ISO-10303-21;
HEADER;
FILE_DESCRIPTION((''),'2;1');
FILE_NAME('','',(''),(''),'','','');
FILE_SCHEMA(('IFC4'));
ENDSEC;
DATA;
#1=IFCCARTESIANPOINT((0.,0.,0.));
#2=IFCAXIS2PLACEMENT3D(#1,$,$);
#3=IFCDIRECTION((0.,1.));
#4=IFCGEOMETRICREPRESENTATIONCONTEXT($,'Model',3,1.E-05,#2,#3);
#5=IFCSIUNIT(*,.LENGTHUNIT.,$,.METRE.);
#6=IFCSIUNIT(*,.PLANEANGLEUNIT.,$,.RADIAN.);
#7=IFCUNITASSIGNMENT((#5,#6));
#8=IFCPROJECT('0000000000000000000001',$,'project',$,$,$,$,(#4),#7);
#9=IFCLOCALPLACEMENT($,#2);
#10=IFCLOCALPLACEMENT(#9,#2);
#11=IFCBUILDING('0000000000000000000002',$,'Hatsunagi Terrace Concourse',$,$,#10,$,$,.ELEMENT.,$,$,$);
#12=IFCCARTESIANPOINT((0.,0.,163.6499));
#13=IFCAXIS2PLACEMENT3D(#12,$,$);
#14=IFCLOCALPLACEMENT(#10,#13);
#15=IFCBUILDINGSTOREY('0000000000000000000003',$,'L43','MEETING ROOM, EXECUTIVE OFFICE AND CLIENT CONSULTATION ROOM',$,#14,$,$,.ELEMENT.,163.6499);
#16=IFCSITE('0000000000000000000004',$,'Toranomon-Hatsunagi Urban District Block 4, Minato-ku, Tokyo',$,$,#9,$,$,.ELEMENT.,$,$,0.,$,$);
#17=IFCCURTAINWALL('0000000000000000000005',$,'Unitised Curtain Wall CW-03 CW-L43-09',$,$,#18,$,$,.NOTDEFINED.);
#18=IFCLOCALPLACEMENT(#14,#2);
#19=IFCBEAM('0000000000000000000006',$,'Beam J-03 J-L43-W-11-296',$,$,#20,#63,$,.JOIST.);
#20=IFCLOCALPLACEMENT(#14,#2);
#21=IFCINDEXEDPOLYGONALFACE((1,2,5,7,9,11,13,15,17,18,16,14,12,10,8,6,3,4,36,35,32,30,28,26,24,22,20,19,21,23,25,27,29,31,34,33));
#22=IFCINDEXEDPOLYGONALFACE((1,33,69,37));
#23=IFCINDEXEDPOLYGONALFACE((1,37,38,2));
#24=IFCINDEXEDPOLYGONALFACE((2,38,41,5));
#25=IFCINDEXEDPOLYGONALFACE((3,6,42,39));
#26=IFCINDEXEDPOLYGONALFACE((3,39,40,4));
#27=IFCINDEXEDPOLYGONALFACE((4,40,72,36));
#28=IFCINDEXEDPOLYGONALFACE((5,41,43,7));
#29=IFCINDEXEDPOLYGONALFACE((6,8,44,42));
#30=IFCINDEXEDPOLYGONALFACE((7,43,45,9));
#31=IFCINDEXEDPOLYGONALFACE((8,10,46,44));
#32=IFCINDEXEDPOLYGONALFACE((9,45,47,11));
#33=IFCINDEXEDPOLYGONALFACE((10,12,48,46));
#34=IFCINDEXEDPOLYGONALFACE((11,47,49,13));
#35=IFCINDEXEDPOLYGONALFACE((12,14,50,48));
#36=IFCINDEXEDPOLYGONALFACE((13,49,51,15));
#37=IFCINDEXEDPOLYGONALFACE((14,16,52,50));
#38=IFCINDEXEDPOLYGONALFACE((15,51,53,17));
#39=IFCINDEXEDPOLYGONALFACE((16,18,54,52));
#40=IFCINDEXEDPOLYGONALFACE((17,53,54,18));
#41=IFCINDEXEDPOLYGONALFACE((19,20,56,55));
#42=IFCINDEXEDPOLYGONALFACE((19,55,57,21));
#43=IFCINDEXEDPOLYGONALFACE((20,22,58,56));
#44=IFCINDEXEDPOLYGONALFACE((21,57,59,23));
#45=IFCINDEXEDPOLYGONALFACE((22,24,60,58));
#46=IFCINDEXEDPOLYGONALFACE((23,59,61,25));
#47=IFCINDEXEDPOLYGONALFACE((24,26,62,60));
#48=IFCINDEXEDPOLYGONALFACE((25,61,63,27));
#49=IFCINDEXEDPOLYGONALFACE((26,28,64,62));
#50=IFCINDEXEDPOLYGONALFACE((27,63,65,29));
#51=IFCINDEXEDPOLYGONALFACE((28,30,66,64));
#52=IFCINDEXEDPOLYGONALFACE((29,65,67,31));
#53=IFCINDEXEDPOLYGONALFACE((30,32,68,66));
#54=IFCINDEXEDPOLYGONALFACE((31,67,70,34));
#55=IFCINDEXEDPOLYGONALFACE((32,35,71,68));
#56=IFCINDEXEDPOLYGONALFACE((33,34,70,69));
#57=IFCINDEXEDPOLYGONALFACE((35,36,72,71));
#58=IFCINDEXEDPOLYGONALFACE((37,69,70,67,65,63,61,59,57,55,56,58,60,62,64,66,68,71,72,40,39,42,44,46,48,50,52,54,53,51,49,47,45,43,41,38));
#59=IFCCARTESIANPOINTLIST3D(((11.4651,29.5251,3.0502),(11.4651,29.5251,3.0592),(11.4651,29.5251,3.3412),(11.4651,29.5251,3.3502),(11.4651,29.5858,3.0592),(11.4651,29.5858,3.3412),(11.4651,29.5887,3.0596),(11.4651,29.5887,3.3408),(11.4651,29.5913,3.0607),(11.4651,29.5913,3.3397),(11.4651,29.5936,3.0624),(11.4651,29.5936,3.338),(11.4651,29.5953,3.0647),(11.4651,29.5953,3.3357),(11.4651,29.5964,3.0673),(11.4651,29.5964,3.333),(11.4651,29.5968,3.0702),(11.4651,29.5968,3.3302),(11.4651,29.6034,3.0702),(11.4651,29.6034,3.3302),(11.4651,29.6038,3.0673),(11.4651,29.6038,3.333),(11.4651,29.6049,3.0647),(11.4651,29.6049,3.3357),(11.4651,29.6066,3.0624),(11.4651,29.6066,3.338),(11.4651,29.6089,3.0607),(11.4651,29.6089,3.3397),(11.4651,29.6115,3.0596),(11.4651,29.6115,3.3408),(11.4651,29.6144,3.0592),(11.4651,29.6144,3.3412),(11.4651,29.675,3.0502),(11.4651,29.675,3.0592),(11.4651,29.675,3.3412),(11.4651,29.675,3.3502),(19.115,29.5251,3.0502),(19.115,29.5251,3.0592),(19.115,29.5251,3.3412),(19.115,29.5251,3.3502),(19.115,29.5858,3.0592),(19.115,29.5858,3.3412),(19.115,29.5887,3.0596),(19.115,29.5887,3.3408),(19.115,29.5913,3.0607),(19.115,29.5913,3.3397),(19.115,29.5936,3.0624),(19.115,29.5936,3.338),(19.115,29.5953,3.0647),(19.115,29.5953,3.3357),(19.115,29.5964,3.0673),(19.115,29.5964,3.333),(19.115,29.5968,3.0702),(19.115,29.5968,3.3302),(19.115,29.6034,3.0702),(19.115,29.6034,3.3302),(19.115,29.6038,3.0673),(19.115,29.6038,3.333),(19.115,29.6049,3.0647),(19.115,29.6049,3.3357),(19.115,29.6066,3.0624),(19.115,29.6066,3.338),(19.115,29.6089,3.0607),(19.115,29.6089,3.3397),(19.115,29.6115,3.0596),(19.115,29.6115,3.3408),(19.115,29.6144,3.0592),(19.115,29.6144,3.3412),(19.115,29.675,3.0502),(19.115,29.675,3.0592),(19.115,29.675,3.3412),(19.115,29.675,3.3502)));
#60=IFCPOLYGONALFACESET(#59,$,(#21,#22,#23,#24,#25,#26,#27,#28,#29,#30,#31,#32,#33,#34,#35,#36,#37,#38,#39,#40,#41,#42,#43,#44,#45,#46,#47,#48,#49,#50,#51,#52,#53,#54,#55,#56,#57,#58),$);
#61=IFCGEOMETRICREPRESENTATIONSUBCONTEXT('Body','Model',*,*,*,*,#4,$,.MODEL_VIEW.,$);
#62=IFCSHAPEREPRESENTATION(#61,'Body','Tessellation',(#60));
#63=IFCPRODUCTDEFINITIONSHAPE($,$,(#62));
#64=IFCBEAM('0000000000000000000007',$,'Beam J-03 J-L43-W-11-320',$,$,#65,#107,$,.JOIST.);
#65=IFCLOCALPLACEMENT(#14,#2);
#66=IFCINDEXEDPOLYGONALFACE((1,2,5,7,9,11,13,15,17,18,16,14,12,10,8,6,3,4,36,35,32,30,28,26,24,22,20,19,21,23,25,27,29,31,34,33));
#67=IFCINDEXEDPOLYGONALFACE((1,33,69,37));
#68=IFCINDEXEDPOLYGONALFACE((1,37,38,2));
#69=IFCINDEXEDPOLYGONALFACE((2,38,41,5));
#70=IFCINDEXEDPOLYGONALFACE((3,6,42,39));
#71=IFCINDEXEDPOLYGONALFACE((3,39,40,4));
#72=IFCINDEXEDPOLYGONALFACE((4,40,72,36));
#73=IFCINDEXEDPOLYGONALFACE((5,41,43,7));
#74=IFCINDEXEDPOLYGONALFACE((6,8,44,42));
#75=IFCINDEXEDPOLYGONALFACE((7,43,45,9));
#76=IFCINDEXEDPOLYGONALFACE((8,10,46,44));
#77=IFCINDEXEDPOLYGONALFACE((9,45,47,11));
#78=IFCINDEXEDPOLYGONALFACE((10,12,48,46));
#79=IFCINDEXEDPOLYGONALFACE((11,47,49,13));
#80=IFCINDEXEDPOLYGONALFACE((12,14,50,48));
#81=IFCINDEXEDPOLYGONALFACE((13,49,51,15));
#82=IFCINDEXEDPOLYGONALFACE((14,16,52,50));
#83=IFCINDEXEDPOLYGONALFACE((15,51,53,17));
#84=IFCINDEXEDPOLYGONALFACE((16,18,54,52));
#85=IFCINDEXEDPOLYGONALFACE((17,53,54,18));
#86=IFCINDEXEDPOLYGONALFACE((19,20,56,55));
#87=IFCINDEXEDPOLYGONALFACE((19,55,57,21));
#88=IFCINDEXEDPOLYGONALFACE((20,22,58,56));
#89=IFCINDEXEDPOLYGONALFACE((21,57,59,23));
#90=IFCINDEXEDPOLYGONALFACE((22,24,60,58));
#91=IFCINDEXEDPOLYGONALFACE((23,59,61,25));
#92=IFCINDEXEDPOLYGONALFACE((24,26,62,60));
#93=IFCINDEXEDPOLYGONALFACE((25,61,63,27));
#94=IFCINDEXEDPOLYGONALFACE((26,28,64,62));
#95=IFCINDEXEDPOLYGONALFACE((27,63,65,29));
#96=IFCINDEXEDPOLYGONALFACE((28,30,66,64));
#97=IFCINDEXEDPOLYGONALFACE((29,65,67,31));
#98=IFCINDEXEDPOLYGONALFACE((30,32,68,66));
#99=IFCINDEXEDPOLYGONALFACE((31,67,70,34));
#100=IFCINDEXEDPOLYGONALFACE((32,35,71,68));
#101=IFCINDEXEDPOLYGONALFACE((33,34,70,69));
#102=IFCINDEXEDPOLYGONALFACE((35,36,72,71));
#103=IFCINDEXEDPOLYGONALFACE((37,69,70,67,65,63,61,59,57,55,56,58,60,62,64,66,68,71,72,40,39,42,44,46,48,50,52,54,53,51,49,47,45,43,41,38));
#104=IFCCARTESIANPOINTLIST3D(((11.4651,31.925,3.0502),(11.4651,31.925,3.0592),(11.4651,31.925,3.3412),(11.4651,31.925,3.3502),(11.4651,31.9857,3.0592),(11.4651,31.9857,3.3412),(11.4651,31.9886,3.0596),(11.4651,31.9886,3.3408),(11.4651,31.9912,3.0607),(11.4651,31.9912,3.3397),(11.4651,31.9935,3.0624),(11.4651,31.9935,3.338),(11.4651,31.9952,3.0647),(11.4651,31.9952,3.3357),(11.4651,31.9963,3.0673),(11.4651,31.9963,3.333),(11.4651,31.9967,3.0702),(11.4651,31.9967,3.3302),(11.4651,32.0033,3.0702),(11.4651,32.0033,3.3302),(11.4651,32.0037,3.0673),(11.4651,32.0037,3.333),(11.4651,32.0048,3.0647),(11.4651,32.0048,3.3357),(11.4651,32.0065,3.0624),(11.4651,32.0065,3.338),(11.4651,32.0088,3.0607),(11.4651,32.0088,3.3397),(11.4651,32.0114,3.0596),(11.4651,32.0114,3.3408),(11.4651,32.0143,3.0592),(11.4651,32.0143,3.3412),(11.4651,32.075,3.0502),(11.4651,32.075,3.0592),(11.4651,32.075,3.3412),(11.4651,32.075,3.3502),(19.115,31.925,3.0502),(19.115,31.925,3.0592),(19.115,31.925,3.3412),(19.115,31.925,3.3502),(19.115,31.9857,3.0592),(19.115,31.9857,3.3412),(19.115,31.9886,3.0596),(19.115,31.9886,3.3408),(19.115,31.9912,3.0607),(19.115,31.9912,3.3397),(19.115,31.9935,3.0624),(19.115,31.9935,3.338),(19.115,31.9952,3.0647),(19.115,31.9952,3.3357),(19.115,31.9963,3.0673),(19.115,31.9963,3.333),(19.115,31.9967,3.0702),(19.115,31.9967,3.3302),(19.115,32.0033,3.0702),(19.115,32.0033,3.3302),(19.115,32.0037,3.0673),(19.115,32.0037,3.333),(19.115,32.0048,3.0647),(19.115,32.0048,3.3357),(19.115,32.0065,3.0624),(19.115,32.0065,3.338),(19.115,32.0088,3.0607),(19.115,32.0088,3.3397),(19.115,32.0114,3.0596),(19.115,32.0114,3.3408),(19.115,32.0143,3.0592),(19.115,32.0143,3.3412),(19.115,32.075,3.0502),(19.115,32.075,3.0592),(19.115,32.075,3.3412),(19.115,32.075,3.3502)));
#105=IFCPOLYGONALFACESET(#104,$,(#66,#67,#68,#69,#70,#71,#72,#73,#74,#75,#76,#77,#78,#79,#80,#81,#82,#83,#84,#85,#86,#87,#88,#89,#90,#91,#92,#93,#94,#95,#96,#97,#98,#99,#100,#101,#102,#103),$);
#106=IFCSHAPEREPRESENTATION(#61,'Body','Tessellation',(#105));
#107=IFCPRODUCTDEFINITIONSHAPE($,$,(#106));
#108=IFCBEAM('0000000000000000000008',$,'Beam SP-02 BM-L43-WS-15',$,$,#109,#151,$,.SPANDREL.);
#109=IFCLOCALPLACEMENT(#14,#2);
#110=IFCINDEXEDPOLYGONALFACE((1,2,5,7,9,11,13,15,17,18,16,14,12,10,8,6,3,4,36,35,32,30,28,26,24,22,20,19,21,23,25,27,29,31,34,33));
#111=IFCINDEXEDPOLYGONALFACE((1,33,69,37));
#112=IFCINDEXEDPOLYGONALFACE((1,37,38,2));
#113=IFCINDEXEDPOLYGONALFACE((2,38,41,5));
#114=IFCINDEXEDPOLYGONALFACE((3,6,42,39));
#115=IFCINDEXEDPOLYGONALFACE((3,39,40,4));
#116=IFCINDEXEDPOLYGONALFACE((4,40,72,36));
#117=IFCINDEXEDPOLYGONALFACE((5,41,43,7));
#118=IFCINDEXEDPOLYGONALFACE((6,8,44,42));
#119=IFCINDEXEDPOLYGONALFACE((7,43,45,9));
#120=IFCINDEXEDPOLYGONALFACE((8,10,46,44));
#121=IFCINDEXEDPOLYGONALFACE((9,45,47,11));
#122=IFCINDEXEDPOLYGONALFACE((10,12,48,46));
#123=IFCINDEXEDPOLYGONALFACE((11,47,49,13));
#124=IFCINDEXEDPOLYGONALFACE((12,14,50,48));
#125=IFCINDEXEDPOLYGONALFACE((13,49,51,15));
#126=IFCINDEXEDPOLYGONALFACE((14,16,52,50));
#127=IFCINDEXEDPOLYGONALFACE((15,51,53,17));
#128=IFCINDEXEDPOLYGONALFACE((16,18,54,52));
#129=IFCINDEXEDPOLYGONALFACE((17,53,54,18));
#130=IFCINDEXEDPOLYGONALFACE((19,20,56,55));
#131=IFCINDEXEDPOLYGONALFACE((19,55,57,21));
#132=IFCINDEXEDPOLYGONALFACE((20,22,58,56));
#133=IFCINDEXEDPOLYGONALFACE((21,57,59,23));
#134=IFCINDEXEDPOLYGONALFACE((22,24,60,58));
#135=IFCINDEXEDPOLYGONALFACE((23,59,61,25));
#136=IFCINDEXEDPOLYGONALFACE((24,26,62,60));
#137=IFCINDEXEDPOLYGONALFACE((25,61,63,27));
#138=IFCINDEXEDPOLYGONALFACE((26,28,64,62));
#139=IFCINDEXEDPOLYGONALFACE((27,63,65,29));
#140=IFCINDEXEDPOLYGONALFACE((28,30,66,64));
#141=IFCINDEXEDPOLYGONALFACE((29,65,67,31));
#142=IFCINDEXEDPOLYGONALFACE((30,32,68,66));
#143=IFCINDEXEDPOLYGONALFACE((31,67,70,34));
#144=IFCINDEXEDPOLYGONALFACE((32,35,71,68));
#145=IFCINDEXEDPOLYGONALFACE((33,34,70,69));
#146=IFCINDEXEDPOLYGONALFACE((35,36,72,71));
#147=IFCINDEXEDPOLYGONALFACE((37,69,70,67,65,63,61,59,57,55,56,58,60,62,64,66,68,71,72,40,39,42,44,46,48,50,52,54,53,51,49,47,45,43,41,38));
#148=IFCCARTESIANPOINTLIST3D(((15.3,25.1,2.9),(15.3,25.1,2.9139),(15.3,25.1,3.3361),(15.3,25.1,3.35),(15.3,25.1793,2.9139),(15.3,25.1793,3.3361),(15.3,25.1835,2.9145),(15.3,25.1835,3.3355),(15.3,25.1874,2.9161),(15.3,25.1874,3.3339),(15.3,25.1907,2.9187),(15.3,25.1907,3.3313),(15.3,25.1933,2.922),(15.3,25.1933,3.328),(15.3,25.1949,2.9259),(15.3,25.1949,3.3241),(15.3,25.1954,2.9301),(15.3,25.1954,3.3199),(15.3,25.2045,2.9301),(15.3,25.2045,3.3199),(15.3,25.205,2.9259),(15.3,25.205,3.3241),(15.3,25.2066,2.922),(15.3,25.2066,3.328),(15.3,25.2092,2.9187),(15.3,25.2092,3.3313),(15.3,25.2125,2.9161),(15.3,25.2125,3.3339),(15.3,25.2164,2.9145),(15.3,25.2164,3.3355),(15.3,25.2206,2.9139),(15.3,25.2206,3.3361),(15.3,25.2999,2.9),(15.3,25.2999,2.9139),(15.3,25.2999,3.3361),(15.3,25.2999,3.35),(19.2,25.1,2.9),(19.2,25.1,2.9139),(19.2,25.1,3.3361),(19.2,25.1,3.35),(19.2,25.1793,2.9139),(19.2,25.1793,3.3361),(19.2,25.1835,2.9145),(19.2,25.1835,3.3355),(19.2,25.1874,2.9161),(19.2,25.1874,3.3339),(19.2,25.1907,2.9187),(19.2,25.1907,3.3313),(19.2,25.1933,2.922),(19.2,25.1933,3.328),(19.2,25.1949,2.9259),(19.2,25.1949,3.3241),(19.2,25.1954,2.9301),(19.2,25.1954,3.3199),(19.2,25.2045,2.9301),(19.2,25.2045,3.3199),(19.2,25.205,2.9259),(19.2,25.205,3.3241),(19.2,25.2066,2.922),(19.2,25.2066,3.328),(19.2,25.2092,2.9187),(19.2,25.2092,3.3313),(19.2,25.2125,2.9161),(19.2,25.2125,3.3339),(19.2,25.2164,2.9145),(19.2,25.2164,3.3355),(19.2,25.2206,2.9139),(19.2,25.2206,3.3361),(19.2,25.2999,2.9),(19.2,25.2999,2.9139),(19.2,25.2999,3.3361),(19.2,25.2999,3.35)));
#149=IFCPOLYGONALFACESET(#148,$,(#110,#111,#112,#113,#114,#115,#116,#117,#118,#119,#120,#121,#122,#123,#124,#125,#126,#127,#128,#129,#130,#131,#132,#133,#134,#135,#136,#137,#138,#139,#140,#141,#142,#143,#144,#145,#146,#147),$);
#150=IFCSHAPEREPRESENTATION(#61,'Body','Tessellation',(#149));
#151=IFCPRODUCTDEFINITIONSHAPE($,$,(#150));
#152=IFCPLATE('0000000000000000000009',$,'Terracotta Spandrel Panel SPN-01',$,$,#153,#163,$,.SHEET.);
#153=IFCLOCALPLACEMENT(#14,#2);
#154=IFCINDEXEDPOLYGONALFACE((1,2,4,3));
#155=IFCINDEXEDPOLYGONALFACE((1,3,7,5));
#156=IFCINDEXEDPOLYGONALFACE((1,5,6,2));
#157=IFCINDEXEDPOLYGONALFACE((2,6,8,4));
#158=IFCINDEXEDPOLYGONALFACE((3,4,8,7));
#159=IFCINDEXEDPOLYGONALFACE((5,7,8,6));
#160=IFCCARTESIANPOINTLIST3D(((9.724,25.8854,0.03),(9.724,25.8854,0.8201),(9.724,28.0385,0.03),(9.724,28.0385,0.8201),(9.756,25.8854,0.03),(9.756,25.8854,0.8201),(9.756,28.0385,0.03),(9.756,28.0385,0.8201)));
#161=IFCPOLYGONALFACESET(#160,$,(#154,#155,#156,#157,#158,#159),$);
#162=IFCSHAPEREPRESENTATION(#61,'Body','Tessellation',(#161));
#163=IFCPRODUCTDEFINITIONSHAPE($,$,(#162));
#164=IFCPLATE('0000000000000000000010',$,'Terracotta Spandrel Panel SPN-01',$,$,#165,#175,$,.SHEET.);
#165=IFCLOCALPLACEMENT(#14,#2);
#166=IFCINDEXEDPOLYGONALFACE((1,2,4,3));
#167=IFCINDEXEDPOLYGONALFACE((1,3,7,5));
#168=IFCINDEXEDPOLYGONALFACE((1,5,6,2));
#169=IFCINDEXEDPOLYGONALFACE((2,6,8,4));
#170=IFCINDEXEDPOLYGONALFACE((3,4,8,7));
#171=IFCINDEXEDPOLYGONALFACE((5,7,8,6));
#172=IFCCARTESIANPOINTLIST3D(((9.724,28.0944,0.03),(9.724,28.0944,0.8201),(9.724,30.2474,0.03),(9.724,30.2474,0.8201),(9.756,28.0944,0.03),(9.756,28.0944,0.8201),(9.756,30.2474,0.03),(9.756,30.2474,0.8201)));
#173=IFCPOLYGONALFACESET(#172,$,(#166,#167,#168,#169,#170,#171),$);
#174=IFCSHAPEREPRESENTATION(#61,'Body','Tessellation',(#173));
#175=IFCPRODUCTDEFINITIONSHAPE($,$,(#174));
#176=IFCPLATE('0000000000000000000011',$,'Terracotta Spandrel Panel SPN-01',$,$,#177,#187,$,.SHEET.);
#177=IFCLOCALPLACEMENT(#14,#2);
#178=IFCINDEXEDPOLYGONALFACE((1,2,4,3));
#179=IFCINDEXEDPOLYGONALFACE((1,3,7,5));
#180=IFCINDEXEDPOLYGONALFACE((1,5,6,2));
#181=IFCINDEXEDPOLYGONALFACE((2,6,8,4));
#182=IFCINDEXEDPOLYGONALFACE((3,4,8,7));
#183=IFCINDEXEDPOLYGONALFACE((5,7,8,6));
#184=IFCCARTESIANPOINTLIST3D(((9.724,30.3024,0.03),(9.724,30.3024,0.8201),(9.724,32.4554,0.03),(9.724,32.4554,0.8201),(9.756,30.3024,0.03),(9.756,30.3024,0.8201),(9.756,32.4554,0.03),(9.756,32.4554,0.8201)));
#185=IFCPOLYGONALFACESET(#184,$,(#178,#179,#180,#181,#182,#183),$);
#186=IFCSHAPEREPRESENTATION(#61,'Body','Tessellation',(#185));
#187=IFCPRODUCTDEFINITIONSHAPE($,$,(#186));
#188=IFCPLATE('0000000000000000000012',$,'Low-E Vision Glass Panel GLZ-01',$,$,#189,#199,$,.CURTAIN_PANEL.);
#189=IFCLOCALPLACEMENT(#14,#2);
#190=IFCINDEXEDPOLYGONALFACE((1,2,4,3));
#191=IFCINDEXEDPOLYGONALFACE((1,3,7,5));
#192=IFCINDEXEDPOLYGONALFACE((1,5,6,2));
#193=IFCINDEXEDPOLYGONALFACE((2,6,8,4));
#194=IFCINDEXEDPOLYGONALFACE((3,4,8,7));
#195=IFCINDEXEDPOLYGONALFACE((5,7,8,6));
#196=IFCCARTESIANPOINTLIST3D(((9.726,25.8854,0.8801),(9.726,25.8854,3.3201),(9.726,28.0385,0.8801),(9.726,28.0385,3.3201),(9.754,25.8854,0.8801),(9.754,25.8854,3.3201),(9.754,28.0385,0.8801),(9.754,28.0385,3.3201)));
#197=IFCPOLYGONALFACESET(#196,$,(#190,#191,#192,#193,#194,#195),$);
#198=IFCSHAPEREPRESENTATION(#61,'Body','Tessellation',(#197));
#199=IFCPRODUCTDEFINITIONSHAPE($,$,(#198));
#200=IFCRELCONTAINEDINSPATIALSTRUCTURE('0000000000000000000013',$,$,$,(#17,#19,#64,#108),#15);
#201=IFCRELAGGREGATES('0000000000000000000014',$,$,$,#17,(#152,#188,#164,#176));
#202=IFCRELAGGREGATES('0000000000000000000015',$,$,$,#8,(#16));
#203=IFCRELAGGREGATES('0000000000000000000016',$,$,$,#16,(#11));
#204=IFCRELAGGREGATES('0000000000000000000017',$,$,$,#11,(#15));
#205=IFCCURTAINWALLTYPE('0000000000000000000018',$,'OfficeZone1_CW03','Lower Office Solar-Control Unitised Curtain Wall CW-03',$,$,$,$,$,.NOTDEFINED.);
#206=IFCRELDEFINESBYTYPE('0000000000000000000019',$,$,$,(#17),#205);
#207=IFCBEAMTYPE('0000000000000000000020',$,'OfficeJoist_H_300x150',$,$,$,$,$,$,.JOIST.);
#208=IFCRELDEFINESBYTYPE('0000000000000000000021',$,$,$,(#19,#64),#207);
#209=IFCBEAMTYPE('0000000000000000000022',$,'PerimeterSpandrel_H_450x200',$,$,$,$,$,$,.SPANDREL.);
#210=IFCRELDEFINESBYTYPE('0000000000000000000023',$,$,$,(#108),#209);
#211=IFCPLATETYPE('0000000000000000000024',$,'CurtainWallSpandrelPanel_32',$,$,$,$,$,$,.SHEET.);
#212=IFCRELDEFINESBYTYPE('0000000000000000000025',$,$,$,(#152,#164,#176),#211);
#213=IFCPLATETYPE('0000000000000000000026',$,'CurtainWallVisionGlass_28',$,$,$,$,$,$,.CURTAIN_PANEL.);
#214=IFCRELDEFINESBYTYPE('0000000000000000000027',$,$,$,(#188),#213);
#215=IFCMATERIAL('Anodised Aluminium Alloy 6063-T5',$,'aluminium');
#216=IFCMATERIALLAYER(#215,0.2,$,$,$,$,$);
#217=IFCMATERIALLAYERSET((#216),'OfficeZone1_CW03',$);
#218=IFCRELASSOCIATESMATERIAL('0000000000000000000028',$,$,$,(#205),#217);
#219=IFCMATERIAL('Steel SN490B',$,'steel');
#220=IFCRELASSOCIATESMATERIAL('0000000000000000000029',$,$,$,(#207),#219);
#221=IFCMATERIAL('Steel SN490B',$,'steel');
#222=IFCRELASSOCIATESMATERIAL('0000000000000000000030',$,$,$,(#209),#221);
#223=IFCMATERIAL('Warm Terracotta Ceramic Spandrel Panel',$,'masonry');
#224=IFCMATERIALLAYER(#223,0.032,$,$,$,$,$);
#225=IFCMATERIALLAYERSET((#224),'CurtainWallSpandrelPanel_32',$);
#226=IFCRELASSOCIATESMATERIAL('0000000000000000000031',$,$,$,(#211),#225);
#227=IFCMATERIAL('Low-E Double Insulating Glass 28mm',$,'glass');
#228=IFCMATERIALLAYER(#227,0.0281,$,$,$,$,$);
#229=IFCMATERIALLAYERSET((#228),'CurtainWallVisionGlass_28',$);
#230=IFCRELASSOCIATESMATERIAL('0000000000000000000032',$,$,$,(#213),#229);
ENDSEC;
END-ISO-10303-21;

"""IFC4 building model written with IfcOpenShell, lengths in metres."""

from ifc_helpers import new_model, si_unit, direction, frame, origin, origin_2d, place, context, subcontext, project, spatial, rectangle, i_section, extrude, material, layer, layer_set, material_profile, profile_set, type_object, element, aggregate, save


model = new_model("IFC4")

# Units and contexts
model_context = context("Model", 3, precision=1e-05, world=origin(), true_north=direction((0.0, 1.0)))
body_context = subcontext(model_context, "Body", "Model", "MODEL_VIEW")
ifc_project = project(units=[si_unit("LENGTHUNIT", "METRE"), si_unit("PLANEANGLEUNIT", "RADIAN")], contexts=[model_context])

# Site, building, storey
site_placement = place(None, origin())
site = spatial("IfcSite", under=ifc_project, at=site_placement, Name="Toranomon-Hatsunagi Urban District Block 4, Minato-ku, Tokyo", CompositionType="ELEMENT", RefElevation=0.0)
building_placement = place(site_placement, origin())
building = spatial("IfcBuilding", under=site, at=building_placement, Name="Hatsunagi Terrace Concourse", CompositionType="ELEMENT")
storey_placement = place(building_placement, frame((0.0, 0.0, 163.6499)))
storey = spatial("IfcBuildingStorey", under=building, at=storey_placement, Name="L43", Description="MEETING ROOM, EXECUTIVE OFFICE AND CLIENT CONSULTATION ROOM", CompositionType="ELEMENT", Elevation=163.6499)

# Curtain wall
ifc_material_1 = material(Name="Anodised Aluminium Alloy 6063-T5", Category="aluminium")
ifc_layer_1 = layer(ifc_material_1, 0.2)
ifc_layer_set_1 = layer_set([ifc_layer_1], Name="OfficeZone1_CW03")
curtain_wall_type = type_object("IfcCurtainWallType", Name="OfficeZone1_CW03", Description="Lower Office Solar-Control Unitised Curtain Wall CW-03", PredefinedType="NOTDEFINED", material=ifc_layer_set_1)
curtain_wall_placement = place(storey_placement, origin())
curtain_wall = element("IfcCurtainWall", 1, at=curtain_wall_placement, inside=storey, type_object=curtain_wall_type, Name="Unitised Curtain Wall CW-03 CW-L43-09", PredefinedType="NOTDEFINED")

# Beams
ifc_material_2 = material(Name="Steel SN490B", Category="steel")
ifc_material_profile_1 = material_profile(ifc_material_2, i_section(OverallWidth=0.1499, OverallDepth=0.3, WebThickness=0.0066, FlangeThickness=0.009, FilletRadius=0.011, at=origin_2d()), Name="H-300x150x6.5x9")
ifc_profile_set_1 = profile_set([ifc_material_profile_1], Name="Steel SN490B")
beam_type_1 = type_object("IfcBeamType", Name="OfficeJoist_H_300x150", PredefinedType="JOIST", material=ifc_profile_set_1)
for number, where, z_axis, x_axis, name in (
    (2, (11.4651, 29.6001, 3.2002), (1.0, 0.0, 0.0), (0.0, 1.0, 0.0), "Beam J-03 J-L43-W-11-296"),
    (3, (11.4651, 32.0, 3.2002), (1.0, 0.0, 0.0), (0.0, 1.0, 0.0), "Beam J-03 J-L43-W-11-320"),
):
    element("IfcBeam", number, at=place(storey_placement, frame(where, z_axis=z_axis, x_axis=x_axis)), inside=storey, type_object=beam_type_1, Name=name, PredefinedType="JOIST", context=body_context, shape_type="SweptSolid", body=[
        extrude(i_section(OverallWidth=0.1499, OverallDepth=0.3, WebThickness=0.0066, FlangeThickness=0.009, FilletRadius=0.011, at=origin_2d()), origin(), (0.0, 0.0, 1.0), 7.6499),
    ])
ifc_material_3 = material(Name="Steel SN490B", Category="steel")
ifc_material_profile_2 = material_profile(ifc_material_3, i_section(OverallWidth=0.2, OverallDepth=0.45, WebThickness=0.009, FlangeThickness=0.0139, FilletRadius=0.0161, at=origin_2d()), Name="H-450x200x9x14")
ifc_profile_set_2 = profile_set([ifc_material_profile_2], Name="Steel SN490B")
beam_type_2 = type_object("IfcBeamType", Name="PerimeterSpandrel_H_450x200", PredefinedType="SPANDREL", material=ifc_profile_set_2)
beam_placement = place(storey_placement, frame((15.3, 25.2, 3.125), z_axis=(1.0, 0.0, 0.0), x_axis=(0.0, 1.0, 0.0)))
element("IfcBeam", 4, at=beam_placement, inside=storey, type_object=beam_type_2, Name="Beam SP-02 BM-L43-WS-15", PredefinedType="SPANDREL", context=body_context, shape_type="SweptSolid", body=[
    extrude(i_section(OverallWidth=0.2, OverallDepth=0.45, WebThickness=0.009, FlangeThickness=0.0139, FilletRadius=0.0161, at=origin_2d()), origin(), (0.0, 0.0, 1.0), 3.8999),
])

# Plates
ifc_material_4 = material(Name="Warm Terracotta Ceramic Spandrel Panel", Category="masonry")
ifc_layer_2 = layer(ifc_material_4, 0.032)
ifc_layer_set_2 = layer_set([ifc_layer_2], Name="CurtainWallSpandrelPanel_32")
plate_type_1 = type_object("IfcPlateType", Name="CurtainWallSpandrelPanel_32", PredefinedType="SHEET", material=ifc_layer_set_2)
plate_1_placement = place(storey_placement, frame((9.74, 26.9619, 0.03), z_axis=(0.0, 0.0, 1.0), x_axis=(0.0, 1.0, 0.0)))
plate_1 = element("IfcPlate", 5, at=plate_1_placement, type_object=plate_type_1, Name="Terracotta Spandrel Panel SPN-01", PredefinedType="SHEET", context=body_context, shape_type="SweptSolid", body=[
    extrude(rectangle(XDim=2.1531, YDim=0.032, at=origin_2d()), origin(), (0.0, 0.0, 1.0), 0.79),
])
plate_2_placement = place(storey_placement, frame((9.74, 29.1709, 0.03), z_axis=(0.0, 0.0, 1.0), x_axis=(0.0, 1.0, 0.0)))
plate_2 = element("IfcPlate", 6, at=plate_2_placement, type_object=plate_type_1, Name="Terracotta Spandrel Panel SPN-01", PredefinedType="SHEET", context=body_context, shape_type="SweptSolid", body=[
    extrude(rectangle(XDim=2.1531, YDim=0.032, at=origin_2d()), origin(), (0.0, 0.0, 1.0), 0.79),
])
plate_3_placement = place(storey_placement, frame((9.74, 31.3789, 0.03), z_axis=(0.0, 0.0, 1.0), x_axis=(0.0, 1.0, 0.0)))
plate_3 = element("IfcPlate", 7, at=plate_3_placement, type_object=plate_type_1, Name="Terracotta Spandrel Panel SPN-01", PredefinedType="SHEET", context=body_context, shape_type="SweptSolid", body=[
    extrude(rectangle(XDim=2.1531, YDim=0.032, at=origin_2d()), origin(), (0.0, 0.0, 1.0), 0.79),
])
ifc_material_5 = material(Name="Low-E Double Insulating Glass 28mm", Category="glass")
ifc_layer_3 = layer(ifc_material_5, 0.0281)
ifc_layer_set_3 = layer_set([ifc_layer_3], Name="CurtainWallVisionGlass_28")
plate_type_2 = type_object("IfcPlateType", Name="CurtainWallVisionGlass_28", PredefinedType="CURTAIN_PANEL", material=ifc_layer_set_3)
plate_4_placement = place(storey_placement, frame((9.74, 26.9619, 0.8801), z_axis=(0.0, 0.0, 1.0), x_axis=(0.0, 1.0, 0.0)))
plate_4 = element("IfcPlate", 8, at=plate_4_placement, type_object=plate_type_2, Name="Low-E Vision Glass Panel GLZ-01", PredefinedType="CURTAIN_PANEL", context=body_context, shape_type="SweptSolid", body=[
    extrude(rectangle(XDim=2.1531, YDim=0.0281, at=origin_2d()), origin(), (0.0, 0.0, 1.0), 2.4399),
])
aggregate(curtain_wall, [plate_1, plate_4, plate_2, plate_3])

save(model, "model.ifc")
